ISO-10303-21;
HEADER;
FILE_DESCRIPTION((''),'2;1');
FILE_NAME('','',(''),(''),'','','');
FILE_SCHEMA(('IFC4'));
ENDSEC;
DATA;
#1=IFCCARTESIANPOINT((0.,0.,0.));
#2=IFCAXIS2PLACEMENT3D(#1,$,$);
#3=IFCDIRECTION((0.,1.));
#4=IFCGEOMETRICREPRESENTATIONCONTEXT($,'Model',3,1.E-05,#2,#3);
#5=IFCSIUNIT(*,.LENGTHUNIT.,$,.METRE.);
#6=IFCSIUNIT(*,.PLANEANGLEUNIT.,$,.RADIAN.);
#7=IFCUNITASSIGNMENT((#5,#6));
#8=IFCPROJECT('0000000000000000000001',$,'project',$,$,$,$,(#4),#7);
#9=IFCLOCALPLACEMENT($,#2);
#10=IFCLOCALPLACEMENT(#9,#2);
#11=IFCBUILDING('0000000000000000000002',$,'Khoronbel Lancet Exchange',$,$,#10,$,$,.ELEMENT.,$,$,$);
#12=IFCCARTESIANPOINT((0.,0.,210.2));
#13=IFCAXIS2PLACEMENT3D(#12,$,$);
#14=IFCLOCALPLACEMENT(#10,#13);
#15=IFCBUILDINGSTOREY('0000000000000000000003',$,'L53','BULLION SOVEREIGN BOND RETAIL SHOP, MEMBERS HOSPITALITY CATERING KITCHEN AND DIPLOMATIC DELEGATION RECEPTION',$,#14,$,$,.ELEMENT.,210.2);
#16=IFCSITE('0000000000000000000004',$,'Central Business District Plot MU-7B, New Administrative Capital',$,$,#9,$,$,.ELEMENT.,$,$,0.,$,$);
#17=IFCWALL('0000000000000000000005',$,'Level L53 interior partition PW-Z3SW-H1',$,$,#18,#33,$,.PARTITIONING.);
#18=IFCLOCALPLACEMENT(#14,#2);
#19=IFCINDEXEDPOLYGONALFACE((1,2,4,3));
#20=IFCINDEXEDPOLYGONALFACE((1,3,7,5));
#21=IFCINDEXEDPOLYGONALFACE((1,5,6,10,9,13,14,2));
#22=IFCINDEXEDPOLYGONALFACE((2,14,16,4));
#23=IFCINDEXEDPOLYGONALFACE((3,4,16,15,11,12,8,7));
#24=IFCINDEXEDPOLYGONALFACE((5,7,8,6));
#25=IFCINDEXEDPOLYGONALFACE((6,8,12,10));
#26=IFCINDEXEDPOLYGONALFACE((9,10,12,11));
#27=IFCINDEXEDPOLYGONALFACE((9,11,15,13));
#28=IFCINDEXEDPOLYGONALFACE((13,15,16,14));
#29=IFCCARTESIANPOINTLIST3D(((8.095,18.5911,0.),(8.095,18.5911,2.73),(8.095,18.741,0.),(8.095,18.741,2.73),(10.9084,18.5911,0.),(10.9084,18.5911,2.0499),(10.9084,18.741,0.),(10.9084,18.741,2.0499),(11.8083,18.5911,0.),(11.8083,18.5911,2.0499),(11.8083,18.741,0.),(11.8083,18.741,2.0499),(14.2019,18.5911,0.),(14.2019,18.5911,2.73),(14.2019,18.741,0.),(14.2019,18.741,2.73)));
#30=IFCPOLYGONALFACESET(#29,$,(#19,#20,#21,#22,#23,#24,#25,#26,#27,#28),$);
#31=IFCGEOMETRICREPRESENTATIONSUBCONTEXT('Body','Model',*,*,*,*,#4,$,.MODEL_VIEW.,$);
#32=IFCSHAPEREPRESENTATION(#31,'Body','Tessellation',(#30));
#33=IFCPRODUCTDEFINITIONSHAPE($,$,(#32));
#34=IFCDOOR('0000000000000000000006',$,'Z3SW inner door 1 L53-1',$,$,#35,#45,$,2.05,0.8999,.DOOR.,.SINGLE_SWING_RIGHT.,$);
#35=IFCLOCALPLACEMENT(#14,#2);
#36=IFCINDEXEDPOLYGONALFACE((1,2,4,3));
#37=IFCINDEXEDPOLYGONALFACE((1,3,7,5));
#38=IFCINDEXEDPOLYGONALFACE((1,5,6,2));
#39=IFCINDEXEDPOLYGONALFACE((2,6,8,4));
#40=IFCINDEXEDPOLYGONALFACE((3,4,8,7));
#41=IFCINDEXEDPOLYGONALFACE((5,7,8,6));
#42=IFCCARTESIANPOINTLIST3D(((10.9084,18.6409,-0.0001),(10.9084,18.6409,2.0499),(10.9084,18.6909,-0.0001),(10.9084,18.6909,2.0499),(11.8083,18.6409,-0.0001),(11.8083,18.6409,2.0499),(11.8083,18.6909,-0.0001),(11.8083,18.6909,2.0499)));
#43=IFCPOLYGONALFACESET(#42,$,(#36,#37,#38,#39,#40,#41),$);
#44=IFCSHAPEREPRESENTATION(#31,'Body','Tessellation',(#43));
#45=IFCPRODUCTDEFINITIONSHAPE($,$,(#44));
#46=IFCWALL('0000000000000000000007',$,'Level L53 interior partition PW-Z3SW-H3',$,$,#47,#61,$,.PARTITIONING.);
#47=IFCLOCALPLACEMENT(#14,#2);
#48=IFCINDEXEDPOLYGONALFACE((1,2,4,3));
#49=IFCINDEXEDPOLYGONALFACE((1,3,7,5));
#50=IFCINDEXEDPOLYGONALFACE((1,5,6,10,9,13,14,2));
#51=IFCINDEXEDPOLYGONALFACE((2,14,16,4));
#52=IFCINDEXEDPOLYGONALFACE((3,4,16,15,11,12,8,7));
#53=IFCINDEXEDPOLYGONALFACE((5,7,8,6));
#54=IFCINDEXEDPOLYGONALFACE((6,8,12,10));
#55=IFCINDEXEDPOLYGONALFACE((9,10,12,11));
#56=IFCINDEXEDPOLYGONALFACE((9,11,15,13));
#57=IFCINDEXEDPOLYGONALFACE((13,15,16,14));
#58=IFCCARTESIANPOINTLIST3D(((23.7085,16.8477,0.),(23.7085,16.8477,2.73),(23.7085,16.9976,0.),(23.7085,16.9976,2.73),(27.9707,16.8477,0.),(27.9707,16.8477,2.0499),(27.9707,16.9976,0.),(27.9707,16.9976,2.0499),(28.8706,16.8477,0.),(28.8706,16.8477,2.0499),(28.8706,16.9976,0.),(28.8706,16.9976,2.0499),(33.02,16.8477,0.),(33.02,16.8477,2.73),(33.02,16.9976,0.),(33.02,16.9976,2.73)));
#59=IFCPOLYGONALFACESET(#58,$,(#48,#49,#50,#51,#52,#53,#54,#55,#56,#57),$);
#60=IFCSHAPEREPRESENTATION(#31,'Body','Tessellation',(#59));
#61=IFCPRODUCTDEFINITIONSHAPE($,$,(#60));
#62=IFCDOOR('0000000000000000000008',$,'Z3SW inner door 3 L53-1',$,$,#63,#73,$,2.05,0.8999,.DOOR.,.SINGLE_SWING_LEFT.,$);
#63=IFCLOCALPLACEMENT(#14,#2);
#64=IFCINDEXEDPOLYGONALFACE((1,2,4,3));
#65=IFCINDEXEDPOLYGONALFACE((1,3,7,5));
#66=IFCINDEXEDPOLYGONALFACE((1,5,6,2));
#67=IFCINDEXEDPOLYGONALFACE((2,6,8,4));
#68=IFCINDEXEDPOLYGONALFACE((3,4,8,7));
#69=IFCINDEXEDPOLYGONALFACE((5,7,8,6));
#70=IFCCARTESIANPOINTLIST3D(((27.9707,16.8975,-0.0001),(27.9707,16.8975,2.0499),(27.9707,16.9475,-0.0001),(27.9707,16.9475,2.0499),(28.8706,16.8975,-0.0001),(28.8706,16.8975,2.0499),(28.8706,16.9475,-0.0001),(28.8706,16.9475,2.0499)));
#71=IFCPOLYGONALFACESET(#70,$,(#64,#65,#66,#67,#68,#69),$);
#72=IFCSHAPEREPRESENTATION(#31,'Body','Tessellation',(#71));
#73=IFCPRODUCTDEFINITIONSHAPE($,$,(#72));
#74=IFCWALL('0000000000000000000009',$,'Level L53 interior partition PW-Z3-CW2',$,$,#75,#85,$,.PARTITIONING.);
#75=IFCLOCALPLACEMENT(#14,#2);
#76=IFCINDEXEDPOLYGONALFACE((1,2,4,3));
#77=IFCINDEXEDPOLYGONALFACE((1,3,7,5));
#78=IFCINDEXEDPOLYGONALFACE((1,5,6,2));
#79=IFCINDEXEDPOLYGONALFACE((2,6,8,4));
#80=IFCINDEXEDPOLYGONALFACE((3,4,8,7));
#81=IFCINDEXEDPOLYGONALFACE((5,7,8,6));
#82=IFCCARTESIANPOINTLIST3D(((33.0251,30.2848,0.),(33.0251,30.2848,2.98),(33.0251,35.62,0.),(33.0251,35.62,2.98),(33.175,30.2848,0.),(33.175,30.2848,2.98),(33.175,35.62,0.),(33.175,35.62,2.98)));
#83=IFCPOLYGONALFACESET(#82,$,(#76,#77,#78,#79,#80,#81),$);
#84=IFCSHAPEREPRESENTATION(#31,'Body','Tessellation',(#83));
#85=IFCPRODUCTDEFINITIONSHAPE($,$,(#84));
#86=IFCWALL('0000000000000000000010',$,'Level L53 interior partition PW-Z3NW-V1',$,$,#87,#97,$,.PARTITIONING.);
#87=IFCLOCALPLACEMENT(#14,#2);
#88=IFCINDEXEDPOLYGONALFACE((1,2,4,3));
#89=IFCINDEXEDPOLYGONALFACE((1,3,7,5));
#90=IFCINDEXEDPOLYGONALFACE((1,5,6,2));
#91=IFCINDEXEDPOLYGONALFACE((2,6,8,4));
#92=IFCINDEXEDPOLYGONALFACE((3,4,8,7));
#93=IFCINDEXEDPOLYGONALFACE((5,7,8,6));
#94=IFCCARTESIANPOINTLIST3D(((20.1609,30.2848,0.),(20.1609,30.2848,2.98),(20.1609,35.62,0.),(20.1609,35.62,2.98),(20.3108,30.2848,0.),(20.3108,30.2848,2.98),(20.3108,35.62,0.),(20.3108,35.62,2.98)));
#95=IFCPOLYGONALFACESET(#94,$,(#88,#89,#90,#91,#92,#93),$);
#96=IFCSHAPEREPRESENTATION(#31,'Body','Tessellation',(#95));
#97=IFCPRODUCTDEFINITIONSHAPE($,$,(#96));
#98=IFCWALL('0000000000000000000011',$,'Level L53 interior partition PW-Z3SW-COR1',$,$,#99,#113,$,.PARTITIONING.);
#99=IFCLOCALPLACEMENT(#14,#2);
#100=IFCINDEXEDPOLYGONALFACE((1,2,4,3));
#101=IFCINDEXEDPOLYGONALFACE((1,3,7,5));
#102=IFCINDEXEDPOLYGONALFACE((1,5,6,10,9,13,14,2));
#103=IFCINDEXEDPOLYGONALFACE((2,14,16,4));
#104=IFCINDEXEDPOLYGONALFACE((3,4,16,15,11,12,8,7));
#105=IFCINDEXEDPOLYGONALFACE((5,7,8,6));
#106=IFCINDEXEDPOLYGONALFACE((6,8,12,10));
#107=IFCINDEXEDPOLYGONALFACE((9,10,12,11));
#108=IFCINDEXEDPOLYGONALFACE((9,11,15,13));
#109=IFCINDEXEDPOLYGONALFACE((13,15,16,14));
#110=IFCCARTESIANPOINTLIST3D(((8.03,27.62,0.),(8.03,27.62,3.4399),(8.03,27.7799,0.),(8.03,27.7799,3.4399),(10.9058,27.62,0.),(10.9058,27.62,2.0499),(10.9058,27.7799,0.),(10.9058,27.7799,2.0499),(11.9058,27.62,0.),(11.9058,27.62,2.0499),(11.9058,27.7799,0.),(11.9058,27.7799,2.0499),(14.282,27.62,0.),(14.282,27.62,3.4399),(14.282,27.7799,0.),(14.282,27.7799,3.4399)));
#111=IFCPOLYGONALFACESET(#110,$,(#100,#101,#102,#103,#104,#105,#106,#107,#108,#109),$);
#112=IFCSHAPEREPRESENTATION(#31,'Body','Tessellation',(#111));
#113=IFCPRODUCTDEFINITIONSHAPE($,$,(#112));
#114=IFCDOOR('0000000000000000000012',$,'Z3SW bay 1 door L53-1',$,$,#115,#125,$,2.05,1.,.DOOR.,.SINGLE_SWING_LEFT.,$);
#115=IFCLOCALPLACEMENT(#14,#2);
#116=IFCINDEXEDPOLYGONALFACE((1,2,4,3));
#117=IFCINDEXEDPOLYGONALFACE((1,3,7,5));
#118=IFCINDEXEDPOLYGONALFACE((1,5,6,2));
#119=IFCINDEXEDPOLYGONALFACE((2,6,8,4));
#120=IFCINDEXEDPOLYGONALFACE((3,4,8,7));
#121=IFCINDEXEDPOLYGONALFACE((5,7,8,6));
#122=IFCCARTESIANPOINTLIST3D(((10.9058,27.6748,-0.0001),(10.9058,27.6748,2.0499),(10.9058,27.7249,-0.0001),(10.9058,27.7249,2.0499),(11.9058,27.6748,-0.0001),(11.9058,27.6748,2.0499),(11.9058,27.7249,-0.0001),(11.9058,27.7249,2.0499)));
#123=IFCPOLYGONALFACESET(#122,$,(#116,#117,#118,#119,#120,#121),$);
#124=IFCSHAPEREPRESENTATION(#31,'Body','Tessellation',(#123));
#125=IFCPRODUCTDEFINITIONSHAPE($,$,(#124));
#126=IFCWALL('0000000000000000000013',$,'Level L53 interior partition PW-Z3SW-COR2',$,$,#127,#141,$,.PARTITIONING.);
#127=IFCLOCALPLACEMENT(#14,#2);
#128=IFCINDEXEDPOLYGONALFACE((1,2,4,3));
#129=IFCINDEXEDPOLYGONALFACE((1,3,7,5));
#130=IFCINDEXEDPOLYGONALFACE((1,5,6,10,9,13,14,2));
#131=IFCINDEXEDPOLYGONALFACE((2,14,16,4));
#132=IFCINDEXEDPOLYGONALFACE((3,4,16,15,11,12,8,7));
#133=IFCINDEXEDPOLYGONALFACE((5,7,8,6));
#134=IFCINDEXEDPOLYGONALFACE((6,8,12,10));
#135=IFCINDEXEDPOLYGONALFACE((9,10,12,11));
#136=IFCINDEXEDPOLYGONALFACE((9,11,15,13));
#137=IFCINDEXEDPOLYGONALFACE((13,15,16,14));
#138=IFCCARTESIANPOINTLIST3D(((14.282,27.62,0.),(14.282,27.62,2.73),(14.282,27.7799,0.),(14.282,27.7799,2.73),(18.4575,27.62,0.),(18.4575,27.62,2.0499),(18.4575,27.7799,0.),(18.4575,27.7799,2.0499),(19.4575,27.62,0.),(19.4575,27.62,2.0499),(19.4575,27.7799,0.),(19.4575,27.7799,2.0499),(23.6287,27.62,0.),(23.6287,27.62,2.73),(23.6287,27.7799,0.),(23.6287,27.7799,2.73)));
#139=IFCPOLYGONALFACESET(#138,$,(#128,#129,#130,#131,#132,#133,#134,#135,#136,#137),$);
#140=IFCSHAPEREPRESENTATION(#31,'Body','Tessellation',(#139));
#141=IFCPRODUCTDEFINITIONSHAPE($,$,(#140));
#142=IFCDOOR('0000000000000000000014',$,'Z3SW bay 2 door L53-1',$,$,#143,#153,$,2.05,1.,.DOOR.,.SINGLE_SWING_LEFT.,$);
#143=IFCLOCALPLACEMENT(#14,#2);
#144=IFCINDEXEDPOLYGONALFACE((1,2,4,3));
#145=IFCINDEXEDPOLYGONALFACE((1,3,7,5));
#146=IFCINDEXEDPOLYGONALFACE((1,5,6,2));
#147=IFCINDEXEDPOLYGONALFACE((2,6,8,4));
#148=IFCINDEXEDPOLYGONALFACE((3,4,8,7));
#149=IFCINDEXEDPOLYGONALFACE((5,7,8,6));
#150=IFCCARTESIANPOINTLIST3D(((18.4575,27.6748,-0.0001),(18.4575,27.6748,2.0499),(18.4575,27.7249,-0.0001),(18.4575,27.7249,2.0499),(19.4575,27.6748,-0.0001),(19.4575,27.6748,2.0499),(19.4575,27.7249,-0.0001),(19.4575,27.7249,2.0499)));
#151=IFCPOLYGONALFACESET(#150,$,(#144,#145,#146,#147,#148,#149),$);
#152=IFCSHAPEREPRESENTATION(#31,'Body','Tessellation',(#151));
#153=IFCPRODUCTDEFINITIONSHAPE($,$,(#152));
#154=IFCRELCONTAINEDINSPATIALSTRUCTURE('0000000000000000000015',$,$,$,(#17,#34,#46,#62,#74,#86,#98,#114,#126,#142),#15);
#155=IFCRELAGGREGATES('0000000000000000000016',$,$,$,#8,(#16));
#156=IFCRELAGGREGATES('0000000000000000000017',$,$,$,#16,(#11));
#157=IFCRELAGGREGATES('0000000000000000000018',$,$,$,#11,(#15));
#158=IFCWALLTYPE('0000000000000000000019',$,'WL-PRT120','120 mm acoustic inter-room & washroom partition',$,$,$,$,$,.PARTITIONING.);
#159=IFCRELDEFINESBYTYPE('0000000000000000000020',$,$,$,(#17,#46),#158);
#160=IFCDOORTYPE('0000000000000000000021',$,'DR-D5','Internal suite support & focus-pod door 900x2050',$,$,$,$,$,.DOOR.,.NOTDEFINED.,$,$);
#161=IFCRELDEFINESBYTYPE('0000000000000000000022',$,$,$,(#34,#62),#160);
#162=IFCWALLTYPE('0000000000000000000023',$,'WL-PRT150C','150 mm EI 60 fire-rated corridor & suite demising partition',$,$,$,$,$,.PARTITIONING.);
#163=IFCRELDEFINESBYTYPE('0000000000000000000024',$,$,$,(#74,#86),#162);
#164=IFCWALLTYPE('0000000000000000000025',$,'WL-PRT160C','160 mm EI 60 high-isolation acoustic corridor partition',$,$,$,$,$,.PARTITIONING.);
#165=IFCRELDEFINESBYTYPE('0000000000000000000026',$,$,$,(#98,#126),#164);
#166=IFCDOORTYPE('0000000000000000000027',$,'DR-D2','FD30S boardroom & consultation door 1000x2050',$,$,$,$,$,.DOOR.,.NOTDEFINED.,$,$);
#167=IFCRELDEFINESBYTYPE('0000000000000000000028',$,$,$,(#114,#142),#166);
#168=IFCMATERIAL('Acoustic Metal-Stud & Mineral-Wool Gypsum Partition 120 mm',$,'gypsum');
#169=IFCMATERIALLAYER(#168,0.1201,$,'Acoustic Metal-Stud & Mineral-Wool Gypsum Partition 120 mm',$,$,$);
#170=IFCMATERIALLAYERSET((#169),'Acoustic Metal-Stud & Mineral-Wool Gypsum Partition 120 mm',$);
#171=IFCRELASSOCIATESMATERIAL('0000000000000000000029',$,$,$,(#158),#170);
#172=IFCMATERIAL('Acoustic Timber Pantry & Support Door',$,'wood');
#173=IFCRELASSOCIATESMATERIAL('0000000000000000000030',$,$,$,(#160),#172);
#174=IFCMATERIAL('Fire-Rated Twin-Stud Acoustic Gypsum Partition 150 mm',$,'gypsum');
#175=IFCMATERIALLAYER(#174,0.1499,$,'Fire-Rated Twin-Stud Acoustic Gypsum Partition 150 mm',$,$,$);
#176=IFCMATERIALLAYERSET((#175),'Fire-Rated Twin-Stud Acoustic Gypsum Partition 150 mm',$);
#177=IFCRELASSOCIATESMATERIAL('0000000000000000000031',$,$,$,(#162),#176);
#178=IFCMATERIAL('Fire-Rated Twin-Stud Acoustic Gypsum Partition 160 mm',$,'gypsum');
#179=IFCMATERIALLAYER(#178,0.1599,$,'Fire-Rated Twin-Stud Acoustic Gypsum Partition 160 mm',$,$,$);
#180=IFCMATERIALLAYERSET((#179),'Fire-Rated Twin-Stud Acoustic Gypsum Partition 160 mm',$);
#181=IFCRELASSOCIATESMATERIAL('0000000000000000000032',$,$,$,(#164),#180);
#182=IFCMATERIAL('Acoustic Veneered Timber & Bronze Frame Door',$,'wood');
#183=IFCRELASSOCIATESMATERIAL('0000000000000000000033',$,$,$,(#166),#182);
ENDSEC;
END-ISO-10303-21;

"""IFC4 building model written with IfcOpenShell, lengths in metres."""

from ifc_helpers import new_model, si_unit, direction, frame, frame_2d, origin, place, context, subcontext, project, spatial, rectangle, extrude, material, layer, layer_set, type_object, element, fill, save


model = new_model("IFC4")

# Units and contexts
model_context = context("Model", 3, precision=1e-05, world=origin(), true_north=direction((0.0, 1.0)))
body_context = subcontext(model_context, "Body", "Model", "MODEL_VIEW")
ifc_project = project(units=[si_unit("LENGTHUNIT", "METRE"), si_unit("PLANEANGLEUNIT", "RADIAN")], contexts=[model_context])

# Site, building, storey
site_placement = place(None, origin())
site = spatial("IfcSite", under=ifc_project, at=site_placement, Name="Central Business District Plot MU-7B, New Administrative Capital", CompositionType="ELEMENT", RefElevation=0.0)
building_placement = place(site_placement, origin())
building = spatial("IfcBuilding", under=site, at=building_placement, Name="Khoronbel Lancet Exchange", CompositionType="ELEMENT")
storey_placement = place(building_placement, frame((0.0, 0.0, 210.2)))
storey = spatial("IfcBuildingStorey", under=building, at=storey_placement, Name="L53", Description="BULLION SOVEREIGN BOND RETAIL SHOP, MEMBERS HOSPITALITY CATERING KITCHEN AND DIPLOMATIC DELEGATION RECEPTION", CompositionType="ELEMENT", Elevation=210.2)

# Walls, openings, doors
ifc_material_1 = material(Name="Acoustic Metal-Stud & Mineral-Wool Gypsum Partition 120 mm", Category="gypsum")
ifc_layer_1 = layer(ifc_material_1, 0.1201, Name="Acoustic Metal-Stud & Mineral-Wool Gypsum Partition 120 mm")
ifc_layer_set_1 = layer_set([ifc_layer_1], Name="Acoustic Metal-Stud & Mineral-Wool Gypsum Partition 120 mm")
wall_type_1 = type_object("IfcWallType", Name="WL-PRT120", Description="120 mm acoustic inter-room & washroom partition", PredefinedType="PARTITIONING", material=ifc_layer_set_1)
wall_1_placement = place(storey_placement, frame((8.095, 18.666, 0.0), z_axis=(0.0, 0.0, 1.0), x_axis=(1.0, 0.0, 0.0)))
wall_1 = element("IfcWall", 1, at=wall_1_placement, inside=storey, type_object=wall_type_1, Name="Level L53 interior partition PW-Z3SW-H1", PredefinedType="PARTITIONING", context=body_context, shape_type="SweptSolid", body=[
    extrude(rectangle(XDim=6.1069, YDim=0.1499, at=frame_2d((3.0535, 0.0))), origin(), (0.0, 0.0, 1.0), 2.73),
])
opening_1_placement = place(wall_1_placement, frame((2.8135, 0.0, 0.0)))
opening_1 = element("IfcOpeningElement", 2, at=opening_1_placement, cuts=wall_1, PredefinedType="OPENING", context=body_context, shape_type="SweptSolid", body=[
    extrude(rectangle(XDim=0.8999, YDim=2.05, at=frame_2d((0.45, 1.0249))), frame((0.0, 0.085, 0.0), z_axis=(0.0, -1.0, 0.0), x_axis=(1.0, 0.0, 0.0)), (0.0, 0.0, 1.0), 0.1699),
])
ifc_material_2 = material(Name="Acoustic Timber Pantry & Support Door", Category="wood")
door_type_1 = type_object("IfcDoorType", Name="DR-D5", Description="Internal suite support & focus-pod door 900x2050", OperationType="NOTDEFINED", PredefinedType="DOOR", material=ifc_material_2)
door_1_placement = place(opening_1_placement, origin())
door_1 = element("IfcDoor", 3, at=door_1_placement, inside=storey, type_object=door_type_1, Name="Z3SW inner door 1 L53-1", OperationType="SINGLE_SWING_RIGHT", OverallHeight=2.05, OverallWidth=0.8999, PredefinedType="DOOR", context=body_context, shape_type="SweptSolid", body=[
    extrude(rectangle(XDim=0.8999, YDim=2.05, at=frame_2d((0.45, 1.0249))), frame((0.0, 0.0249, 0.0), z_axis=(0.0, -1.0, 0.0), x_axis=(1.0, 0.0, 0.0)), (0.0, 0.0, 1.0), 0.05),
])
fill(opening_1, door_1)
wall_2_placement = place(storey_placement, frame((23.7085, 16.9226, 0.0), z_axis=(0.0, 0.0, 1.0), x_axis=(1.0, 0.0, 0.0)))
wall_2 = element("IfcWall", 4, at=wall_2_placement, inside=storey, type_object=wall_type_1, Name="Level L53 interior partition PW-Z3SW-H3", PredefinedType="PARTITIONING", context=body_context, shape_type="SweptSolid", body=[
    extrude(rectangle(XDim=9.3115, YDim=0.1499, at=frame_2d((4.6558, 0.0))), origin(), (0.0, 0.0, 1.0), 2.73),
])
opening_2_placement = place(wall_2_placement, frame((4.2622, 0.0, 0.0)))
opening_2 = element("IfcOpeningElement", 5, at=opening_2_placement, cuts=wall_2, PredefinedType="OPENING", context=body_context, shape_type="SweptSolid", body=[
    extrude(rectangle(XDim=0.8999, YDim=2.05, at=frame_2d((0.45, 1.0249))), frame((0.0, 0.085, 0.0), z_axis=(0.0, -1.0, 0.0), x_axis=(1.0, 0.0, 0.0)), (0.0, 0.0, 1.0), 0.1699),
])
door_2_placement = place(opening_2_placement, origin())
door_2 = element("IfcDoor", 6, at=door_2_placement, inside=storey, type_object=door_type_1, Name="Z3SW inner door 3 L53-1", OperationType="SINGLE_SWING_LEFT", OverallHeight=2.05, OverallWidth=0.8999, PredefinedType="DOOR", context=body_context, shape_type="SweptSolid", body=[
    extrude(rectangle(XDim=0.8999, YDim=2.05, at=frame_2d((0.45, 1.0249))), frame((0.0, 0.0249, 0.0), z_axis=(0.0, -1.0, 0.0), x_axis=(1.0, 0.0, 0.0)), (0.0, 0.0, 1.0), 0.05),
])
fill(opening_2, door_2)

# Walls
ifc_material_3 = material(Name="Fire-Rated Twin-Stud Acoustic Gypsum Partition 150 mm", Category="gypsum")
ifc_layer_2 = layer(ifc_material_3, 0.1499, Name="Fire-Rated Twin-Stud Acoustic Gypsum Partition 150 mm")
ifc_layer_set_2 = layer_set([ifc_layer_2], Name="Fire-Rated Twin-Stud Acoustic Gypsum Partition 150 mm")
wall_type_2 = type_object("IfcWallType", Name="WL-PRT150C", Description="150 mm EI 60 fire-rated corridor & suite demising partition", PredefinedType="PARTITIONING", material=ifc_layer_set_2)
for number, where, z_axis, x_axis, name in (
    (7, (33.1001, 30.2849, 0.0), (0.0, 0.0, 1.0), (0.0, 1.0, 0.0), "Level L53 interior partition PW-Z3-CW2"),
    (8, (20.2358, 30.2849, 0.0), (0.0, 0.0, 1.0), (0.0, 1.0, 0.0), "Level L53 interior partition PW-Z3NW-V1"),
):
    element("IfcWall", number, at=place(storey_placement, frame(where, z_axis=z_axis, x_axis=x_axis)), inside=storey, type_object=wall_type_2, Name=name, PredefinedType="PARTITIONING", context=body_context, shape_type="SweptSolid", body=[
        extrude(rectangle(XDim=5.3352, YDim=0.1499, at=frame_2d((2.6675, 0.0))), origin(), (0.0, 0.0, 1.0), 2.98),
    ])

# Walls, openings, doors
ifc_material_4 = material(Name="Fire-Rated Twin-Stud Acoustic Gypsum Partition 160 mm", Category="gypsum")
ifc_layer_3 = layer(ifc_material_4, 0.1599, Name="Fire-Rated Twin-Stud Acoustic Gypsum Partition 160 mm")
ifc_layer_set_3 = layer_set([ifc_layer_3], Name="Fire-Rated Twin-Stud Acoustic Gypsum Partition 160 mm")
wall_type_3 = type_object("IfcWallType", Name="WL-PRT160C", Description="160 mm EI 60 high-isolation acoustic corridor partition", PredefinedType="PARTITIONING", material=ifc_layer_set_3)
wall_3_placement = place(storey_placement, frame((8.03, 27.7, 0.0), z_axis=(0.0, 0.0, 1.0), x_axis=(1.0, 0.0, 0.0)))
wall_3 = element("IfcWall", 9, at=wall_3_placement, inside=storey, type_object=wall_type_3, Name="Level L53 interior partition PW-Z3SW-COR1", PredefinedType="PARTITIONING", context=body_context, shape_type="SweptSolid", body=[
    extrude(rectangle(XDim=6.252, YDim=0.1599, at=frame_2d((3.126, 0.0))), origin(), (0.0, 0.0, 1.0), 3.4399),
])
opening_3_placement = place(wall_3_placement, frame((2.8757, 0.0, 0.0)))
opening_3 = element("IfcOpeningElement", 10, at=opening_3_placement, cuts=wall_3, PredefinedType="OPENING", context=body_context, shape_type="SweptSolid", body=[
    extrude(rectangle(XDim=1.0, YDim=2.05, at=frame_2d((0.5, 1.0249))), frame((0.0, 0.0898, 0.0), z_axis=(0.0, -1.0, 0.0), x_axis=(1.0, 0.0, 0.0)), (0.0, 0.0, 1.0), 0.1799),
])
ifc_material_5 = material(Name="Acoustic Veneered Timber & Bronze Frame Door", Category="wood")
door_type_2 = type_object("IfcDoorType", Name="DR-D2", Description="FD30S boardroom & consultation door 1000x2050", OperationType="NOTDEFINED", PredefinedType="DOOR", material=ifc_material_5)
door_3_placement = place(opening_3_placement, origin())
door_3 = element("IfcDoor", 11, at=door_3_placement, inside=storey, type_object=door_type_2, Name="Z3SW bay 1 door L53-1", OperationType="SINGLE_SWING_LEFT", OverallHeight=2.05, OverallWidth=1.0, PredefinedType="DOOR", context=body_context, shape_type="SweptSolid", body=[
    extrude(rectangle(XDim=1.0, YDim=2.05, at=frame_2d((0.5, 1.0249))), frame((0.0, 0.0249, 0.0), z_axis=(0.0, -1.0, 0.0), x_axis=(1.0, 0.0, 0.0)), (0.0, 0.0, 1.0), 0.05),
])
fill(opening_3, door_3)
wall_4_placement = place(storey_placement, frame((14.282, 27.7, 0.0), z_axis=(0.0, 0.0, 1.0), x_axis=(1.0, 0.0, 0.0)))
wall_4 = element("IfcWall", 12, at=wall_4_placement, inside=storey, type_object=wall_type_3, Name="Level L53 interior partition PW-Z3SW-COR2", PredefinedType="PARTITIONING", context=body_context, shape_type="SweptSolid", body=[
    extrude(rectangle(XDim=9.3467, YDim=0.1599, at=frame_2d((4.6733, 0.0))), origin(), (0.0, 0.0, 1.0), 2.73),
])
opening_4_placement = place(wall_4_placement, frame((4.1755, 0.0, 0.0)))
opening_4 = element("IfcOpeningElement", 13, at=opening_4_placement, cuts=wall_4, PredefinedType="OPENING", context=body_context, shape_type="SweptSolid", body=[
    extrude(rectangle(XDim=1.0, YDim=2.05, at=frame_2d((0.5, 1.0249))), frame((0.0, 0.0898, 0.0), z_axis=(0.0, -1.0, 0.0), x_axis=(1.0, 0.0, 0.0)), (0.0, 0.0, 1.0), 0.1799),
])
door_4_placement = place(opening_4_placement, origin())
door_4 = element("IfcDoor", 14, at=door_4_placement, inside=storey, type_object=door_type_2, Name="Z3SW bay 2 door L53-1", OperationType="SINGLE_SWING_LEFT", OverallHeight=2.05, OverallWidth=1.0, PredefinedType="DOOR", context=body_context, shape_type="SweptSolid", body=[
    extrude(rectangle(XDim=1.0, YDim=2.05, at=frame_2d((0.5, 1.0249))), frame((0.0, 0.0249, 0.0), z_axis=(0.0, -1.0, 0.0), x_axis=(1.0, 0.0, 0.0)), (0.0, 0.0, 1.0), 0.05),
])
fill(opening_4, door_4)

save(model, "model.ifc")
